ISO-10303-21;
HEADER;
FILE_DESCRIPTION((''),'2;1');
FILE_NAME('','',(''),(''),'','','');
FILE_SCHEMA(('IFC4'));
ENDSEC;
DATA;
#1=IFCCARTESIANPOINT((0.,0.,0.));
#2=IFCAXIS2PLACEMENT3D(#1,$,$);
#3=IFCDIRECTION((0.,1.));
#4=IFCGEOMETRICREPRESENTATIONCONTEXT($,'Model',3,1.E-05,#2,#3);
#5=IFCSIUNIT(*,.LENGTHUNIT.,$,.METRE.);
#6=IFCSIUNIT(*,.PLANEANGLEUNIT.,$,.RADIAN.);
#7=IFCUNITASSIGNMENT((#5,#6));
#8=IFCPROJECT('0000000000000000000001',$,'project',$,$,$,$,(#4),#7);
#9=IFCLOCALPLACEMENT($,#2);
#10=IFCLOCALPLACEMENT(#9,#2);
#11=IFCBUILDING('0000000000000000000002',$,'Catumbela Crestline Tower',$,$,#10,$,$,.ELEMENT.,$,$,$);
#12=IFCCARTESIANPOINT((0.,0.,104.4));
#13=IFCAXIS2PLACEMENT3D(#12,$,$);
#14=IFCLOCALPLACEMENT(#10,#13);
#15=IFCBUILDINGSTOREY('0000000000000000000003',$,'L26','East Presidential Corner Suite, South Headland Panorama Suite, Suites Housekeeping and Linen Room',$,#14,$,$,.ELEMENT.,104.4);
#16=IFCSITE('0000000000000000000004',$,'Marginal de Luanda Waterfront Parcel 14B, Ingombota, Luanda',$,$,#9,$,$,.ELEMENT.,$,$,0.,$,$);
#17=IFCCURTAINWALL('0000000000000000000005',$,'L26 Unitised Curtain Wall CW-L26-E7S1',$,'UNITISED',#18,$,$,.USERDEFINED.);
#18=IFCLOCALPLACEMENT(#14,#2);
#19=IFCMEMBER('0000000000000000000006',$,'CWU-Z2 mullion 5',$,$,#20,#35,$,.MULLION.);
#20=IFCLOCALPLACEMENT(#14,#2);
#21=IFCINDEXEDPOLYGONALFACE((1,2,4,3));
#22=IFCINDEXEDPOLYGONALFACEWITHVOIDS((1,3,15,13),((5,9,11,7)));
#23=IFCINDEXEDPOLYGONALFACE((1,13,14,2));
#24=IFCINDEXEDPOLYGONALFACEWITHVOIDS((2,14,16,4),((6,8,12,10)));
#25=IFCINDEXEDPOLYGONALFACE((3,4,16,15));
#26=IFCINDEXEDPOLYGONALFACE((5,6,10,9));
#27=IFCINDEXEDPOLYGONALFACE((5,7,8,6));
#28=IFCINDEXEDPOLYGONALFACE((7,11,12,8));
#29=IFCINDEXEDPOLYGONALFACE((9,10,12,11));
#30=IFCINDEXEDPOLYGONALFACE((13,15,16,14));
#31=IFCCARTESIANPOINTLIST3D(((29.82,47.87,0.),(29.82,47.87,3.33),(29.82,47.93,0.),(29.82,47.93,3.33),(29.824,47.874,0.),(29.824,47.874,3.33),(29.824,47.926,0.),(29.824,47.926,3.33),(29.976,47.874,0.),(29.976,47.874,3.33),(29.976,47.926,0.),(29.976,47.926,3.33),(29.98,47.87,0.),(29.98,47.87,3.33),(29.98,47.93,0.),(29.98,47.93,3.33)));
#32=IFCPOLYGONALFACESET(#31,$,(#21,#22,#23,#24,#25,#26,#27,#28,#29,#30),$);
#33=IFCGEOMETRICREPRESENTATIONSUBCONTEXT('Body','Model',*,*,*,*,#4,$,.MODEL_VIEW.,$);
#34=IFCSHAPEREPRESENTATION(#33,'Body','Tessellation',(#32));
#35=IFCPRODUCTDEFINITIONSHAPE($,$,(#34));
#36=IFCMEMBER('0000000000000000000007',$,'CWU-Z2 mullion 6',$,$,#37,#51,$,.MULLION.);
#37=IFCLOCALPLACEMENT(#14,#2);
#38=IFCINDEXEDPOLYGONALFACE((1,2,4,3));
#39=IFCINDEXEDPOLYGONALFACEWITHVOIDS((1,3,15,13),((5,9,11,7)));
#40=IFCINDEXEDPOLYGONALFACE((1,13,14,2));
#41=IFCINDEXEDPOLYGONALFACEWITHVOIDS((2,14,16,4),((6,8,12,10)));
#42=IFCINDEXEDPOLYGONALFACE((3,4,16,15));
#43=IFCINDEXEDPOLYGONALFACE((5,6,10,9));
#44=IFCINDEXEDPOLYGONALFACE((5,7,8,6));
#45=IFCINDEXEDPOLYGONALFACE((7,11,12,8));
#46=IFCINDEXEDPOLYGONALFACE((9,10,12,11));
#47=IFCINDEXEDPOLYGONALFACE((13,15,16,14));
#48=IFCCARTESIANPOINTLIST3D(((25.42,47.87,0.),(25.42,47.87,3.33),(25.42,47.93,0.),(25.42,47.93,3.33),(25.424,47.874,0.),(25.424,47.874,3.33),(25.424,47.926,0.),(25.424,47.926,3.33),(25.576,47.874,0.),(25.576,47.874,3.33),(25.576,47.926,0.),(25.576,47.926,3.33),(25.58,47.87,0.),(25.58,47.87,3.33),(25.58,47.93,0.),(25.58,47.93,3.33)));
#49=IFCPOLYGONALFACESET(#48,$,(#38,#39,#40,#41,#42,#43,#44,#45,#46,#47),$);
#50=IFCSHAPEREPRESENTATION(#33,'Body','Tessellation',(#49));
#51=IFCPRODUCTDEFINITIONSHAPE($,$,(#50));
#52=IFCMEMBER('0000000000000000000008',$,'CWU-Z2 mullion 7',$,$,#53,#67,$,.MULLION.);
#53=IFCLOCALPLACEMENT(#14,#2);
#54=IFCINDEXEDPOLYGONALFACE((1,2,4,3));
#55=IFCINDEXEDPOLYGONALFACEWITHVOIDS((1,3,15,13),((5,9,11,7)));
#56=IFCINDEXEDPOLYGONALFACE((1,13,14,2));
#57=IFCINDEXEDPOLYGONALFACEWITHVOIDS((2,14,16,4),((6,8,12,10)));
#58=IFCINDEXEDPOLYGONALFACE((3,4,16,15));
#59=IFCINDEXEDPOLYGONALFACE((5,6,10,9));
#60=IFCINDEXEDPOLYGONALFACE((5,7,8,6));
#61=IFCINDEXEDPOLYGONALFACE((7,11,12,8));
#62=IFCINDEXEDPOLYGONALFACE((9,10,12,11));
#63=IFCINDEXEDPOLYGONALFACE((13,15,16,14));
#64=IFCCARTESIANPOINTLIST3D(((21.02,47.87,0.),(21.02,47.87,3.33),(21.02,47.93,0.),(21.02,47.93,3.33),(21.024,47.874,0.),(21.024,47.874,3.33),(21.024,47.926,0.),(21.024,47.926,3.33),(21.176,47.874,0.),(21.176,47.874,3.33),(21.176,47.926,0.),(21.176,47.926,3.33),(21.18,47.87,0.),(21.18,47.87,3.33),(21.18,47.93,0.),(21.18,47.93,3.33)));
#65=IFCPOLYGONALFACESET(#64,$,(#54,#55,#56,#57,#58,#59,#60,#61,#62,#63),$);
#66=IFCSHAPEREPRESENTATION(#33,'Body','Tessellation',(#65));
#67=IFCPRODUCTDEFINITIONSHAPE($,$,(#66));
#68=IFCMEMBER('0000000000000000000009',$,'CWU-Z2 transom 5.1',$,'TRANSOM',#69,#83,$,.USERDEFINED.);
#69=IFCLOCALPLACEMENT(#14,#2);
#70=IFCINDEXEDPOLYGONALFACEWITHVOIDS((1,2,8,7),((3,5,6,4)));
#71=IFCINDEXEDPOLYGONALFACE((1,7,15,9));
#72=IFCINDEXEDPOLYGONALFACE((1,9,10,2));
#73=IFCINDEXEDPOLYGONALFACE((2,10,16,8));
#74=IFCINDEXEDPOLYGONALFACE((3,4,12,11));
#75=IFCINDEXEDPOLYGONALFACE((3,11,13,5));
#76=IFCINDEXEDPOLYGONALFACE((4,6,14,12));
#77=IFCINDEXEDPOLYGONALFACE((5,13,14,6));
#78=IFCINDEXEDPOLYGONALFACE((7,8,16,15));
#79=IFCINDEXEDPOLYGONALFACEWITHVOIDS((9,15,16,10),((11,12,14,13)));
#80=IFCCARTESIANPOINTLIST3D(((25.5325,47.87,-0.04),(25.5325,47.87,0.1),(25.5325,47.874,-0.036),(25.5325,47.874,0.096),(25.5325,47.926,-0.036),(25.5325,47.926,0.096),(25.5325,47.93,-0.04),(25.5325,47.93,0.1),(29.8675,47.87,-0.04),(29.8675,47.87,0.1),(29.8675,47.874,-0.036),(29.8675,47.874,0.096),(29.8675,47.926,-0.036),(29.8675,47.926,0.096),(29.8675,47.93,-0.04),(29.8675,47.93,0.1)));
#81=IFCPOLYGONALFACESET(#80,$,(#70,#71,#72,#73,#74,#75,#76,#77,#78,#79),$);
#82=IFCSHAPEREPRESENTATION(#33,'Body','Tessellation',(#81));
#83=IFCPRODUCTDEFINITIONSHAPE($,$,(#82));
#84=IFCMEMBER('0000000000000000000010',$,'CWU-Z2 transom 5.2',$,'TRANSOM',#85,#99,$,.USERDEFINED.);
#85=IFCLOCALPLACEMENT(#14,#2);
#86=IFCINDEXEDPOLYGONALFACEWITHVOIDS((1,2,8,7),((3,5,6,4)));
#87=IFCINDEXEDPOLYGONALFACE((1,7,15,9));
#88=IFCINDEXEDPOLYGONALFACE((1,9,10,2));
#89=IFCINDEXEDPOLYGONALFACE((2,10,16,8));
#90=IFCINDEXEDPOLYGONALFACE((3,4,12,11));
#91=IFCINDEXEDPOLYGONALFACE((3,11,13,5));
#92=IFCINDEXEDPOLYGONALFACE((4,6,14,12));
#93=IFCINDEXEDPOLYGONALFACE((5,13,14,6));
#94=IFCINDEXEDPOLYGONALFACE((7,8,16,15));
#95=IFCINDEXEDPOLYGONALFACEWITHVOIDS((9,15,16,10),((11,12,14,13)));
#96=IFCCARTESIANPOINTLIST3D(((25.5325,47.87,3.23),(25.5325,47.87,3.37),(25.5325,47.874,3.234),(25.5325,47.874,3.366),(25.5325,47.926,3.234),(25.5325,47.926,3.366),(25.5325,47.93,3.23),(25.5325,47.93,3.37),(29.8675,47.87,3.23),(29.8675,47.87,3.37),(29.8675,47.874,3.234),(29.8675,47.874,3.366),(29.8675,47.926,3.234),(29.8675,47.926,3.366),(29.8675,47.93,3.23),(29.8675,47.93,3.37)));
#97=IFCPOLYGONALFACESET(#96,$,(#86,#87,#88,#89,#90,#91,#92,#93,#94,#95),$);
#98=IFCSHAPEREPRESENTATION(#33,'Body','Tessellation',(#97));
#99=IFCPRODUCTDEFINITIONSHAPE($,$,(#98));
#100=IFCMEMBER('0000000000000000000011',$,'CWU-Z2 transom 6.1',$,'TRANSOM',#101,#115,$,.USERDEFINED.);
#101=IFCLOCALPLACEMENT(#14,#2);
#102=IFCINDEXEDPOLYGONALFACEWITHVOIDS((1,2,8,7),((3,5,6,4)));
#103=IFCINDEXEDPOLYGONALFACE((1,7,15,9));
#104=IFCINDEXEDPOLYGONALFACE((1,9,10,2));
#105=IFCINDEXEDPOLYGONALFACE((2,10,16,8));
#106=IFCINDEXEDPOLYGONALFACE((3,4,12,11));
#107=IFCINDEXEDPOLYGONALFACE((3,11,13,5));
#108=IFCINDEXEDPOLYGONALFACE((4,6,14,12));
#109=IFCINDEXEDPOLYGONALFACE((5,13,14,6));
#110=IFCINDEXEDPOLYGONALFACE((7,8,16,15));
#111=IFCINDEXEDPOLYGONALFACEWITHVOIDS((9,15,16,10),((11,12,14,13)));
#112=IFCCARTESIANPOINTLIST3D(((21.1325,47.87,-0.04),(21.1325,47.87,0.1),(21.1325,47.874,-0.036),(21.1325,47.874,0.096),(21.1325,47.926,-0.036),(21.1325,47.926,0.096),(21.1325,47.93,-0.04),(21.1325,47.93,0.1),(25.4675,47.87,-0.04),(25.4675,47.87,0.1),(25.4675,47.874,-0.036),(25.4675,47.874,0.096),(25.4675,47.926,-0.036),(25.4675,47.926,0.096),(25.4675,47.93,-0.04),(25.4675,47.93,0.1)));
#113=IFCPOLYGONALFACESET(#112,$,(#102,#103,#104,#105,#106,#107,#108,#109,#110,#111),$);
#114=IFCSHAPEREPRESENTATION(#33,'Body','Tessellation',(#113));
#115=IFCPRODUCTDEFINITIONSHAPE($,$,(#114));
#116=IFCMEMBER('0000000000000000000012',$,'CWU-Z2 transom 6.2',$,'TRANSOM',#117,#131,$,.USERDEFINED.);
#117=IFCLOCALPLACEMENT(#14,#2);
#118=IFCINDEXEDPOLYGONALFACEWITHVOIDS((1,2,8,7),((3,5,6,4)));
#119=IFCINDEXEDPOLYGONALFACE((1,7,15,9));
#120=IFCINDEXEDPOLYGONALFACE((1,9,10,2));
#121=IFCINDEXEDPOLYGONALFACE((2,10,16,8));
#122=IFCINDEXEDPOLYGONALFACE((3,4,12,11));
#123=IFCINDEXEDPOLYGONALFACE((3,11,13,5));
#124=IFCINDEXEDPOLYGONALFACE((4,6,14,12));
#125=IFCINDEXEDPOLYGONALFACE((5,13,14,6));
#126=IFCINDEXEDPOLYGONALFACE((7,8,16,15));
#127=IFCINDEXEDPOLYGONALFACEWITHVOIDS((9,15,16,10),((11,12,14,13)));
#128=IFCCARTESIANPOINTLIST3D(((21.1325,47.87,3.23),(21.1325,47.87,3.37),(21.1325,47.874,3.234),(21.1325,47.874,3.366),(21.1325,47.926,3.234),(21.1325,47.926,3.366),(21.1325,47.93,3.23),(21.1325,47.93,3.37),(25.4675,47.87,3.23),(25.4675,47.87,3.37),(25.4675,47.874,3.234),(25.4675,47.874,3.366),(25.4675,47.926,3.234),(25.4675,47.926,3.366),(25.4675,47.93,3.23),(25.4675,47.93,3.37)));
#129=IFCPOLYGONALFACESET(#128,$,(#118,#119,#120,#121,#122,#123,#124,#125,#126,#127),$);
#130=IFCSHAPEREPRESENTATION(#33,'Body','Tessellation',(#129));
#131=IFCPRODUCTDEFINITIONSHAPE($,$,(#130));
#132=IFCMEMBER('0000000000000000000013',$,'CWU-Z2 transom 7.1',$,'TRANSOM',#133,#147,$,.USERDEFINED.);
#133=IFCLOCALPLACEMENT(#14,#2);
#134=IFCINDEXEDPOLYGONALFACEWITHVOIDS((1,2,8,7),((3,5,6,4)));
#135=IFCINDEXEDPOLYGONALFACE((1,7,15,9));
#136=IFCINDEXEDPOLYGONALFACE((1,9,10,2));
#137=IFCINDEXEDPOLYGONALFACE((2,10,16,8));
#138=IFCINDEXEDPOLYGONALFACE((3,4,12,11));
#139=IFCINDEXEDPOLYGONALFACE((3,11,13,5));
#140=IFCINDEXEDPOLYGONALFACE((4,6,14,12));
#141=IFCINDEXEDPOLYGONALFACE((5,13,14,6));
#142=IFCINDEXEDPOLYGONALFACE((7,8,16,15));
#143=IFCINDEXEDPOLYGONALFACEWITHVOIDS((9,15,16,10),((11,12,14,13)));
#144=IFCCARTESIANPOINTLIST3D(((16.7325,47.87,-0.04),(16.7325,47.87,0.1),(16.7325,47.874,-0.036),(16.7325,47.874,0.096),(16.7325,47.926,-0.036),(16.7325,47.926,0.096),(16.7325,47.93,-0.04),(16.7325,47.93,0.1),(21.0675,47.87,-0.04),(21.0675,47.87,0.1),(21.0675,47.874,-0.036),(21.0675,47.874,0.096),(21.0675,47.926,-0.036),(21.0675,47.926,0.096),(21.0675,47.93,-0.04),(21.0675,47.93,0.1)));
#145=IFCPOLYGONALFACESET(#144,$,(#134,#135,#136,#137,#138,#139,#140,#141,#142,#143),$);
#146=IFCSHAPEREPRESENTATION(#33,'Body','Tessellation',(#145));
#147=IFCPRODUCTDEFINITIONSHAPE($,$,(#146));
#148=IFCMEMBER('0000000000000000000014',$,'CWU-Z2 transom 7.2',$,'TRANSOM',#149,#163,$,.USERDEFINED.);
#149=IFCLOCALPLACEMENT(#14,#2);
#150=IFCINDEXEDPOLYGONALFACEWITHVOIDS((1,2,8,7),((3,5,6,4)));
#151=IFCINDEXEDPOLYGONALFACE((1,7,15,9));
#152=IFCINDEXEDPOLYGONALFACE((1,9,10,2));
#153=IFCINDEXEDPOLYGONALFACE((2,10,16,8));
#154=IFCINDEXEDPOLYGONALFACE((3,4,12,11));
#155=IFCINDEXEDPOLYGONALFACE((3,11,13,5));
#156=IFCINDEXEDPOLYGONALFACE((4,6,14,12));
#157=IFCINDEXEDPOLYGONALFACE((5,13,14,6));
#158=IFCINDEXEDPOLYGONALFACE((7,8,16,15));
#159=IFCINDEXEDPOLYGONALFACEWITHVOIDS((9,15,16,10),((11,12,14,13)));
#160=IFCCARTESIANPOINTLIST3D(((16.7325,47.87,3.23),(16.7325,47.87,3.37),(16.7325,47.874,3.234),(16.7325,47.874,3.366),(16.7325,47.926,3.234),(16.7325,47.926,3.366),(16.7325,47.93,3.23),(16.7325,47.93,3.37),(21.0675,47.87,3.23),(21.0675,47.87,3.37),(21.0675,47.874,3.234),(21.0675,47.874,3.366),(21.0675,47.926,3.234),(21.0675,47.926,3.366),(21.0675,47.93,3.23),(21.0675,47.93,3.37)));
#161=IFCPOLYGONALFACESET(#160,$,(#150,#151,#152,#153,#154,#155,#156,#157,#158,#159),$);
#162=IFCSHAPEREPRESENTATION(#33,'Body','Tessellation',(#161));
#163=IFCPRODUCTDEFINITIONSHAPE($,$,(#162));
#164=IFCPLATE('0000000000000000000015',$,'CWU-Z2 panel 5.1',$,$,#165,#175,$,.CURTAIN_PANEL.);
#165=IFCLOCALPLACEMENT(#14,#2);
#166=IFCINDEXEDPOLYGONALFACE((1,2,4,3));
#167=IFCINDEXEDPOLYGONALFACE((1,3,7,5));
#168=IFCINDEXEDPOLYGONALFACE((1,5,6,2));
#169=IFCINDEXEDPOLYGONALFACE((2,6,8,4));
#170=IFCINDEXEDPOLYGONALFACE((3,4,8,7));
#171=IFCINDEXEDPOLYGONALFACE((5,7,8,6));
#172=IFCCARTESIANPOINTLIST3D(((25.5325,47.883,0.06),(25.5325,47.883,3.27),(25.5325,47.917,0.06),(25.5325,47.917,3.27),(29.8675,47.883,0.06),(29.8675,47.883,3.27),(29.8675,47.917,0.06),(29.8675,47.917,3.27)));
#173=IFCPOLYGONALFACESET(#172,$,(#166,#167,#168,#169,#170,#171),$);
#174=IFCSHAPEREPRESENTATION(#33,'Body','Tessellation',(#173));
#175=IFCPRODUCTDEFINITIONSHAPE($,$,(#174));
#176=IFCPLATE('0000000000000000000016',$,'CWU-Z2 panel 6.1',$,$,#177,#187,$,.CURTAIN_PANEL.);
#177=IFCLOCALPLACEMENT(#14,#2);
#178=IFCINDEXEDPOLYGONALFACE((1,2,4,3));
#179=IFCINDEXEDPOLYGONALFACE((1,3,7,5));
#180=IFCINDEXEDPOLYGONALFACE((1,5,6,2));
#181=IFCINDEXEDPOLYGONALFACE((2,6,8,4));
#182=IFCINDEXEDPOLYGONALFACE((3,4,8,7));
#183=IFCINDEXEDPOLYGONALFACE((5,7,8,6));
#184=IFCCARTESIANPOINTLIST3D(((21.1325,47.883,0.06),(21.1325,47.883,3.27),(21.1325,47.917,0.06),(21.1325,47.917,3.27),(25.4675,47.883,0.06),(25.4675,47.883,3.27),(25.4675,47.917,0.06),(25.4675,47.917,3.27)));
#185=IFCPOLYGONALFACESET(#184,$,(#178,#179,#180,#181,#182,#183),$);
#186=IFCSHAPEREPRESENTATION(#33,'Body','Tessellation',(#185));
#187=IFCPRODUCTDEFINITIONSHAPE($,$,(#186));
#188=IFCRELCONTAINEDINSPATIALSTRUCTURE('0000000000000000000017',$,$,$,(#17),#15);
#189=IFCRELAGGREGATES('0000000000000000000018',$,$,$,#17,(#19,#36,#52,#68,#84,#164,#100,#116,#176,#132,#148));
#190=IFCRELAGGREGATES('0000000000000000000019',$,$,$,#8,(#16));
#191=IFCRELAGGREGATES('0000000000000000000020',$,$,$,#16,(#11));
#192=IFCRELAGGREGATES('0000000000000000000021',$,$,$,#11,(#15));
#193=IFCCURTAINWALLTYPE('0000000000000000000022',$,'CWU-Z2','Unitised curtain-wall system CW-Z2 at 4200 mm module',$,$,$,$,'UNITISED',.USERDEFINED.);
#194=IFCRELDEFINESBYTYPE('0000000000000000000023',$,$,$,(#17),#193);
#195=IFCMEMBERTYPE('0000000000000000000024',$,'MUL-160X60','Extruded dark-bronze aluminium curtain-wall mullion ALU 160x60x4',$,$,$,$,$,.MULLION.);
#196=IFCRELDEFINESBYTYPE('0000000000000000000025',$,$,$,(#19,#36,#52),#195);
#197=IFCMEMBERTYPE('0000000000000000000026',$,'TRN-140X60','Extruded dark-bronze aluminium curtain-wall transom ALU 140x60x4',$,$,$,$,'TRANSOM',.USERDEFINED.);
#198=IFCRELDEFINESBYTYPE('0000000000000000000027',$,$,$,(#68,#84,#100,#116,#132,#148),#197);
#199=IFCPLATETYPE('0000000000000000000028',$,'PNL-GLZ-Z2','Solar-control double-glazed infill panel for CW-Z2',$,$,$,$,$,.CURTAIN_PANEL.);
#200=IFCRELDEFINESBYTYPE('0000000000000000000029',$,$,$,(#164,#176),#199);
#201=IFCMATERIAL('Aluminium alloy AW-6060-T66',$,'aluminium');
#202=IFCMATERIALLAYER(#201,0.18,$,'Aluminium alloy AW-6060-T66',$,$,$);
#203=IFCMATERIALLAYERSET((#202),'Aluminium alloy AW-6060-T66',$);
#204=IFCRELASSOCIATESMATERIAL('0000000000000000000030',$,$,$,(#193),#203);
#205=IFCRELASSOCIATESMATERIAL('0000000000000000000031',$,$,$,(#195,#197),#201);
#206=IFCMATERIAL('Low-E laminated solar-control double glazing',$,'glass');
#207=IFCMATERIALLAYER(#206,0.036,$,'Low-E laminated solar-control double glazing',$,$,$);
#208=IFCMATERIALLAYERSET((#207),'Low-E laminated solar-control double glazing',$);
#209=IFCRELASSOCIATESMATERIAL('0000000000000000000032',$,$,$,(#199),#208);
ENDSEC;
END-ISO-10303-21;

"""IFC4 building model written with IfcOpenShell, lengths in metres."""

from ifc_helpers import new_model, si_unit, direction, frame, origin, origin_2d, place, context, subcontext, project, spatial, rectangle, hollow_rectangle, extrude, material, layer, layer_set, material_profile, profile_set, type_object, element, aggregate, save


model = new_model("IFC4")

# Units and contexts
model_context = context("Model", 3, precision=1e-05, world=origin(), true_north=direction((0.0, 1.0)))
body_context = subcontext(model_context, "Body", "Model", "MODEL_VIEW")
ifc_project = project(units=[si_unit("LENGTHUNIT", "METRE"), si_unit("PLANEANGLEUNIT", "RADIAN")], contexts=[model_context])

# Site, building, storey
site_placement = place(None, origin())
site = spatial("IfcSite", under=ifc_project, at=site_placement, Name="Marginal de Luanda Waterfront Parcel 14B, Ingombota, Luanda", CompositionType="ELEMENT", RefElevation=0.0)
building_placement = place(site_placement, origin())
building = spatial("IfcBuilding", under=site, at=building_placement, Name="Catumbela Crestline Tower", CompositionType="ELEMENT")
storey_placement = place(building_placement, frame((0.0, 0.0, 104.4)))
storey = spatial("IfcBuildingStorey", under=building, at=storey_placement, Name="L26", Description="East Presidential Corner Suite, South Headland Panorama Suite, Suites Housekeeping and Linen Room", CompositionType="ELEMENT", Elevation=104.4)

# Curtain wall, members, plates
ifc_material_1 = material(Name="Aluminium alloy AW-6060-T66", Category="aluminium")
ifc_layer_1 = layer(ifc_material_1, 0.18, Name="Aluminium alloy AW-6060-T66")
ifc_layer_set_1 = layer_set([ifc_layer_1], Name="Aluminium alloy AW-6060-T66")
curtain_wall_type = type_object("IfcCurtainWallType", Name="CWU-Z2", Description="Unitised curtain-wall system CW-Z2 at 4200 mm module", ElementType="UNITISED", PredefinedType="USERDEFINED", material=ifc_layer_set_1)
curtain_wall_placement = place(storey_placement, origin())
curtain_wall = element("IfcCurtainWall", 1, at=curtain_wall_placement, inside=storey, type_object=curtain_wall_type, Name="L26 Unitised Curtain Wall CW-L26-E7S1", ObjectType="UNITISED", PredefinedType="USERDEFINED")
ifc_material_profile_1 = material_profile(ifc_material_1, hollow_rectangle(XDim=0.06, YDim=0.16, WallThickness=0.004, at=origin_2d()), Name="ALU 160x60x4")
ifc_profile_set_1 = profile_set([ifc_material_profile_1], Name="Aluminium alloy AW-6060-T66")
member_type_1 = type_object("IfcMemberType", Name="MUL-160X60", Description="Extruded dark-bronze aluminium curtain-wall mullion ALU 160x60x4", PredefinedType="MULLION", material=ifc_profile_set_1)
member_1_placement = place(storey_placement, frame((29.9, 47.9, 0.0), z_axis=(0.0, 0.0, 1.0), x_axis=(0.0, -1.0, 0.0)))
member_1 = element("IfcMember", 2, at=member_1_placement, type_object=member_type_1, Name="CWU-Z2 mullion 5", PredefinedType="MULLION", context=body_context, shape_type="SweptSolid", body=[
    extrude(hollow_rectangle(XDim=0.06, YDim=0.16, WallThickness=0.004, at=origin_2d()), origin(), (0.0, 0.0, 1.0), 3.33),
])
member_2_placement = place(storey_placement, frame((25.5, 47.9, 0.0), z_axis=(0.0, 0.0, 1.0), x_axis=(0.0, -1.0, 0.0)))
member_2 = element("IfcMember", 3, at=member_2_placement, type_object=member_type_1, Name="CWU-Z2 mullion 6", PredefinedType="MULLION", context=body_context, shape_type="SweptSolid", body=[
    extrude(hollow_rectangle(XDim=0.06, YDim=0.16, WallThickness=0.004, at=origin_2d()), origin(), (0.0, 0.0, 1.0), 3.33),
])
member_3_placement = place(storey_placement, frame((21.1, 47.9, 0.0), z_axis=(0.0, 0.0, 1.0), x_axis=(0.0, -1.0, 0.0)))
member_3 = element("IfcMember", 4, at=member_3_placement, type_object=member_type_1, Name="CWU-Z2 mullion 7", PredefinedType="MULLION", context=body_context, shape_type="SweptSolid", body=[
    extrude(hollow_rectangle(XDim=0.06, YDim=0.16, WallThickness=0.004, at=origin_2d()), origin(), (0.0, 0.0, 1.0), 3.33),
])
ifc_material_profile_2 = material_profile(ifc_material_1, hollow_rectangle(XDim=0.06, YDim=0.14, WallThickness=0.004, at=origin_2d()), Name="ALU 140x60x4")
ifc_profile_set_2 = profile_set([ifc_material_profile_2], Name="Aluminium alloy AW-6060-T66")
member_type_2 = type_object("IfcMemberType", Name="TRN-140X60", Description="Extruded dark-bronze aluminium curtain-wall transom ALU 140x60x4", ElementType="TRANSOM", PredefinedType="USERDEFINED", material=ifc_profile_set_2)
member_4_placement = place(storey_placement, frame((29.8675, 47.9, 0.03), z_axis=(-1.0, 0.0, 0.0), x_axis=(0.0, -1.0, 0.0)))
member_4 = element("IfcMember", 5, at=member_4_placement, type_object=member_type_2, Name="CWU-Z2 transom 5.1", ObjectType="TRANSOM", PredefinedType="USERDEFINED", context=body_context, shape_type="SweptSolid", body=[
    extrude(hollow_rectangle(XDim=0.06, YDim=0.14, WallThickness=0.004, at=origin_2d()), origin(), (0.0, 0.0, 1.0), 4.335),
])
member_5_placement = place(storey_placement, frame((29.8675, 47.9, 3.3), z_axis=(-1.0, 0.0, 0.0), x_axis=(0.0, -1.0, 0.0)))
member_5 = element("IfcMember", 6, at=member_5_placement, type_object=member_type_2, Name="CWU-Z2 transom 5.2", ObjectType="TRANSOM", PredefinedType="USERDEFINED", context=body_context, shape_type="SweptSolid", body=[
    extrude(hollow_rectangle(XDim=0.06, YDim=0.14, WallThickness=0.004, at=origin_2d()), origin(), (0.0, 0.0, 1.0), 4.335),
])
member_6_placement = place(storey_placement, frame((25.4675, 47.9, 0.03), z_axis=(-1.0, 0.0, 0.0), x_axis=(0.0, -1.0, 0.0)))
member_6 = element("IfcMember", 7, at=member_6_placement, type_object=member_type_2, Name="CWU-Z2 transom 6.1", ObjectType="TRANSOM", PredefinedType="USERDEFINED", context=body_context, shape_type="SweptSolid", body=[
    extrude(hollow_rectangle(XDim=0.06, YDim=0.14, WallThickness=0.004, at=origin_2d()), origin(), (0.0, 0.0, 1.0), 4.335),
])
member_7_placement = place(storey_placement, frame((25.4675, 47.9, 3.3), z_axis=(-1.0, 0.0, 0.0), x_axis=(0.0, -1.0, 0.0)))
member_7 = element("IfcMember", 8, at=member_7_placement, type_object=member_type_2, Name="CWU-Z2 transom 6.2", ObjectType="TRANSOM", PredefinedType="USERDEFINED", context=body_context, shape_type="SweptSolid", body=[
    extrude(hollow_rectangle(XDim=0.06, YDim=0.14, WallThickness=0.004, at=origin_2d()), origin(), (0.0, 0.0, 1.0), 4.335),
])
member_8_placement = place(storey_placement, frame((21.0675, 47.9, 0.03), z_axis=(-1.0, 0.0, 0.0), x_axis=(0.0, -1.0, 0.0)))
member_8 = element("IfcMember", 9, at=member_8_placement, type_object=member_type_2, Name="CWU-Z2 transom 7.1", ObjectType="TRANSOM", PredefinedType="USERDEFINED", context=body_context, shape_type="SweptSolid", body=[
    extrude(hollow_rectangle(XDim=0.06, YDim=0.14, WallThickness=0.004, at=origin_2d()), origin(), (0.0, 0.0, 1.0), 4.335),
])
member_9_placement = place(storey_placement, frame((21.0675, 47.9, 3.3), z_axis=(-1.0, 0.0, 0.0), x_axis=(0.0, -1.0, 0.0)))
member_9 = element("IfcMember", 10, at=member_9_placement, type_object=member_type_2, Name="CWU-Z2 transom 7.2", ObjectType="TRANSOM", PredefinedType="USERDEFINED", context=body_context, shape_type="SweptSolid", body=[
    extrude(hollow_rectangle(XDim=0.06, YDim=0.14, WallThickness=0.004, at=origin_2d()), origin(), (0.0, 0.0, 1.0), 4.335),
])
ifc_material_2 = material(Name="Low-E laminated solar-control double glazing", Category="glass")
ifc_layer_2 = layer(ifc_material_2, 0.036, Name="Low-E laminated solar-control double glazing")
ifc_layer_set_2 = layer_set([ifc_layer_2], Name="Low-E laminated solar-control double glazing")
plate_type = type_object("IfcPlateType", Name="PNL-GLZ-Z2", Description="Solar-control double-glazed infill panel for CW-Z2", PredefinedType="CURTAIN_PANEL", material=ifc_layer_set_2)
plate_1_placement = place(storey_placement, frame((27.7, 47.9, 0.06), z_axis=(0.0, 0.0, 1.0), x_axis=(-1.0, 0.0, 0.0)))
plate_1 = element("IfcPlate", 11, at=plate_1_placement, type_object=plate_type, Name="CWU-Z2 panel 5.1", PredefinedType="CURTAIN_PANEL", context=body_context, shape_type="SweptSolid", body=[
    extrude(rectangle(XDim=4.335, YDim=0.034, at=origin_2d()), origin(), (0.0, 0.0, 1.0), 3.21),
])
plate_2_placement = place(storey_placement, frame((23.3, 47.9, 0.06), z_axis=(0.0, 0.0, 1.0), x_axis=(-1.0, 0.0, 0.0)))
plate_2 = element("IfcPlate", 12, at=plate_2_placement, type_object=plate_type, Name="CWU-Z2 panel 6.1", PredefinedType="CURTAIN_PANEL", context=body_context, shape_type="SweptSolid", body=[
    extrude(rectangle(XDim=4.335, YDim=0.034, at=origin_2d()), origin(), (0.0, 0.0, 1.0), 3.21),
])
aggregate(curtain_wall, [member_1, member_2, member_3, member_4, member_5, plate_1, member_6, member_7, plate_2, member_8, member_9])

save(model, "model.ifc")
